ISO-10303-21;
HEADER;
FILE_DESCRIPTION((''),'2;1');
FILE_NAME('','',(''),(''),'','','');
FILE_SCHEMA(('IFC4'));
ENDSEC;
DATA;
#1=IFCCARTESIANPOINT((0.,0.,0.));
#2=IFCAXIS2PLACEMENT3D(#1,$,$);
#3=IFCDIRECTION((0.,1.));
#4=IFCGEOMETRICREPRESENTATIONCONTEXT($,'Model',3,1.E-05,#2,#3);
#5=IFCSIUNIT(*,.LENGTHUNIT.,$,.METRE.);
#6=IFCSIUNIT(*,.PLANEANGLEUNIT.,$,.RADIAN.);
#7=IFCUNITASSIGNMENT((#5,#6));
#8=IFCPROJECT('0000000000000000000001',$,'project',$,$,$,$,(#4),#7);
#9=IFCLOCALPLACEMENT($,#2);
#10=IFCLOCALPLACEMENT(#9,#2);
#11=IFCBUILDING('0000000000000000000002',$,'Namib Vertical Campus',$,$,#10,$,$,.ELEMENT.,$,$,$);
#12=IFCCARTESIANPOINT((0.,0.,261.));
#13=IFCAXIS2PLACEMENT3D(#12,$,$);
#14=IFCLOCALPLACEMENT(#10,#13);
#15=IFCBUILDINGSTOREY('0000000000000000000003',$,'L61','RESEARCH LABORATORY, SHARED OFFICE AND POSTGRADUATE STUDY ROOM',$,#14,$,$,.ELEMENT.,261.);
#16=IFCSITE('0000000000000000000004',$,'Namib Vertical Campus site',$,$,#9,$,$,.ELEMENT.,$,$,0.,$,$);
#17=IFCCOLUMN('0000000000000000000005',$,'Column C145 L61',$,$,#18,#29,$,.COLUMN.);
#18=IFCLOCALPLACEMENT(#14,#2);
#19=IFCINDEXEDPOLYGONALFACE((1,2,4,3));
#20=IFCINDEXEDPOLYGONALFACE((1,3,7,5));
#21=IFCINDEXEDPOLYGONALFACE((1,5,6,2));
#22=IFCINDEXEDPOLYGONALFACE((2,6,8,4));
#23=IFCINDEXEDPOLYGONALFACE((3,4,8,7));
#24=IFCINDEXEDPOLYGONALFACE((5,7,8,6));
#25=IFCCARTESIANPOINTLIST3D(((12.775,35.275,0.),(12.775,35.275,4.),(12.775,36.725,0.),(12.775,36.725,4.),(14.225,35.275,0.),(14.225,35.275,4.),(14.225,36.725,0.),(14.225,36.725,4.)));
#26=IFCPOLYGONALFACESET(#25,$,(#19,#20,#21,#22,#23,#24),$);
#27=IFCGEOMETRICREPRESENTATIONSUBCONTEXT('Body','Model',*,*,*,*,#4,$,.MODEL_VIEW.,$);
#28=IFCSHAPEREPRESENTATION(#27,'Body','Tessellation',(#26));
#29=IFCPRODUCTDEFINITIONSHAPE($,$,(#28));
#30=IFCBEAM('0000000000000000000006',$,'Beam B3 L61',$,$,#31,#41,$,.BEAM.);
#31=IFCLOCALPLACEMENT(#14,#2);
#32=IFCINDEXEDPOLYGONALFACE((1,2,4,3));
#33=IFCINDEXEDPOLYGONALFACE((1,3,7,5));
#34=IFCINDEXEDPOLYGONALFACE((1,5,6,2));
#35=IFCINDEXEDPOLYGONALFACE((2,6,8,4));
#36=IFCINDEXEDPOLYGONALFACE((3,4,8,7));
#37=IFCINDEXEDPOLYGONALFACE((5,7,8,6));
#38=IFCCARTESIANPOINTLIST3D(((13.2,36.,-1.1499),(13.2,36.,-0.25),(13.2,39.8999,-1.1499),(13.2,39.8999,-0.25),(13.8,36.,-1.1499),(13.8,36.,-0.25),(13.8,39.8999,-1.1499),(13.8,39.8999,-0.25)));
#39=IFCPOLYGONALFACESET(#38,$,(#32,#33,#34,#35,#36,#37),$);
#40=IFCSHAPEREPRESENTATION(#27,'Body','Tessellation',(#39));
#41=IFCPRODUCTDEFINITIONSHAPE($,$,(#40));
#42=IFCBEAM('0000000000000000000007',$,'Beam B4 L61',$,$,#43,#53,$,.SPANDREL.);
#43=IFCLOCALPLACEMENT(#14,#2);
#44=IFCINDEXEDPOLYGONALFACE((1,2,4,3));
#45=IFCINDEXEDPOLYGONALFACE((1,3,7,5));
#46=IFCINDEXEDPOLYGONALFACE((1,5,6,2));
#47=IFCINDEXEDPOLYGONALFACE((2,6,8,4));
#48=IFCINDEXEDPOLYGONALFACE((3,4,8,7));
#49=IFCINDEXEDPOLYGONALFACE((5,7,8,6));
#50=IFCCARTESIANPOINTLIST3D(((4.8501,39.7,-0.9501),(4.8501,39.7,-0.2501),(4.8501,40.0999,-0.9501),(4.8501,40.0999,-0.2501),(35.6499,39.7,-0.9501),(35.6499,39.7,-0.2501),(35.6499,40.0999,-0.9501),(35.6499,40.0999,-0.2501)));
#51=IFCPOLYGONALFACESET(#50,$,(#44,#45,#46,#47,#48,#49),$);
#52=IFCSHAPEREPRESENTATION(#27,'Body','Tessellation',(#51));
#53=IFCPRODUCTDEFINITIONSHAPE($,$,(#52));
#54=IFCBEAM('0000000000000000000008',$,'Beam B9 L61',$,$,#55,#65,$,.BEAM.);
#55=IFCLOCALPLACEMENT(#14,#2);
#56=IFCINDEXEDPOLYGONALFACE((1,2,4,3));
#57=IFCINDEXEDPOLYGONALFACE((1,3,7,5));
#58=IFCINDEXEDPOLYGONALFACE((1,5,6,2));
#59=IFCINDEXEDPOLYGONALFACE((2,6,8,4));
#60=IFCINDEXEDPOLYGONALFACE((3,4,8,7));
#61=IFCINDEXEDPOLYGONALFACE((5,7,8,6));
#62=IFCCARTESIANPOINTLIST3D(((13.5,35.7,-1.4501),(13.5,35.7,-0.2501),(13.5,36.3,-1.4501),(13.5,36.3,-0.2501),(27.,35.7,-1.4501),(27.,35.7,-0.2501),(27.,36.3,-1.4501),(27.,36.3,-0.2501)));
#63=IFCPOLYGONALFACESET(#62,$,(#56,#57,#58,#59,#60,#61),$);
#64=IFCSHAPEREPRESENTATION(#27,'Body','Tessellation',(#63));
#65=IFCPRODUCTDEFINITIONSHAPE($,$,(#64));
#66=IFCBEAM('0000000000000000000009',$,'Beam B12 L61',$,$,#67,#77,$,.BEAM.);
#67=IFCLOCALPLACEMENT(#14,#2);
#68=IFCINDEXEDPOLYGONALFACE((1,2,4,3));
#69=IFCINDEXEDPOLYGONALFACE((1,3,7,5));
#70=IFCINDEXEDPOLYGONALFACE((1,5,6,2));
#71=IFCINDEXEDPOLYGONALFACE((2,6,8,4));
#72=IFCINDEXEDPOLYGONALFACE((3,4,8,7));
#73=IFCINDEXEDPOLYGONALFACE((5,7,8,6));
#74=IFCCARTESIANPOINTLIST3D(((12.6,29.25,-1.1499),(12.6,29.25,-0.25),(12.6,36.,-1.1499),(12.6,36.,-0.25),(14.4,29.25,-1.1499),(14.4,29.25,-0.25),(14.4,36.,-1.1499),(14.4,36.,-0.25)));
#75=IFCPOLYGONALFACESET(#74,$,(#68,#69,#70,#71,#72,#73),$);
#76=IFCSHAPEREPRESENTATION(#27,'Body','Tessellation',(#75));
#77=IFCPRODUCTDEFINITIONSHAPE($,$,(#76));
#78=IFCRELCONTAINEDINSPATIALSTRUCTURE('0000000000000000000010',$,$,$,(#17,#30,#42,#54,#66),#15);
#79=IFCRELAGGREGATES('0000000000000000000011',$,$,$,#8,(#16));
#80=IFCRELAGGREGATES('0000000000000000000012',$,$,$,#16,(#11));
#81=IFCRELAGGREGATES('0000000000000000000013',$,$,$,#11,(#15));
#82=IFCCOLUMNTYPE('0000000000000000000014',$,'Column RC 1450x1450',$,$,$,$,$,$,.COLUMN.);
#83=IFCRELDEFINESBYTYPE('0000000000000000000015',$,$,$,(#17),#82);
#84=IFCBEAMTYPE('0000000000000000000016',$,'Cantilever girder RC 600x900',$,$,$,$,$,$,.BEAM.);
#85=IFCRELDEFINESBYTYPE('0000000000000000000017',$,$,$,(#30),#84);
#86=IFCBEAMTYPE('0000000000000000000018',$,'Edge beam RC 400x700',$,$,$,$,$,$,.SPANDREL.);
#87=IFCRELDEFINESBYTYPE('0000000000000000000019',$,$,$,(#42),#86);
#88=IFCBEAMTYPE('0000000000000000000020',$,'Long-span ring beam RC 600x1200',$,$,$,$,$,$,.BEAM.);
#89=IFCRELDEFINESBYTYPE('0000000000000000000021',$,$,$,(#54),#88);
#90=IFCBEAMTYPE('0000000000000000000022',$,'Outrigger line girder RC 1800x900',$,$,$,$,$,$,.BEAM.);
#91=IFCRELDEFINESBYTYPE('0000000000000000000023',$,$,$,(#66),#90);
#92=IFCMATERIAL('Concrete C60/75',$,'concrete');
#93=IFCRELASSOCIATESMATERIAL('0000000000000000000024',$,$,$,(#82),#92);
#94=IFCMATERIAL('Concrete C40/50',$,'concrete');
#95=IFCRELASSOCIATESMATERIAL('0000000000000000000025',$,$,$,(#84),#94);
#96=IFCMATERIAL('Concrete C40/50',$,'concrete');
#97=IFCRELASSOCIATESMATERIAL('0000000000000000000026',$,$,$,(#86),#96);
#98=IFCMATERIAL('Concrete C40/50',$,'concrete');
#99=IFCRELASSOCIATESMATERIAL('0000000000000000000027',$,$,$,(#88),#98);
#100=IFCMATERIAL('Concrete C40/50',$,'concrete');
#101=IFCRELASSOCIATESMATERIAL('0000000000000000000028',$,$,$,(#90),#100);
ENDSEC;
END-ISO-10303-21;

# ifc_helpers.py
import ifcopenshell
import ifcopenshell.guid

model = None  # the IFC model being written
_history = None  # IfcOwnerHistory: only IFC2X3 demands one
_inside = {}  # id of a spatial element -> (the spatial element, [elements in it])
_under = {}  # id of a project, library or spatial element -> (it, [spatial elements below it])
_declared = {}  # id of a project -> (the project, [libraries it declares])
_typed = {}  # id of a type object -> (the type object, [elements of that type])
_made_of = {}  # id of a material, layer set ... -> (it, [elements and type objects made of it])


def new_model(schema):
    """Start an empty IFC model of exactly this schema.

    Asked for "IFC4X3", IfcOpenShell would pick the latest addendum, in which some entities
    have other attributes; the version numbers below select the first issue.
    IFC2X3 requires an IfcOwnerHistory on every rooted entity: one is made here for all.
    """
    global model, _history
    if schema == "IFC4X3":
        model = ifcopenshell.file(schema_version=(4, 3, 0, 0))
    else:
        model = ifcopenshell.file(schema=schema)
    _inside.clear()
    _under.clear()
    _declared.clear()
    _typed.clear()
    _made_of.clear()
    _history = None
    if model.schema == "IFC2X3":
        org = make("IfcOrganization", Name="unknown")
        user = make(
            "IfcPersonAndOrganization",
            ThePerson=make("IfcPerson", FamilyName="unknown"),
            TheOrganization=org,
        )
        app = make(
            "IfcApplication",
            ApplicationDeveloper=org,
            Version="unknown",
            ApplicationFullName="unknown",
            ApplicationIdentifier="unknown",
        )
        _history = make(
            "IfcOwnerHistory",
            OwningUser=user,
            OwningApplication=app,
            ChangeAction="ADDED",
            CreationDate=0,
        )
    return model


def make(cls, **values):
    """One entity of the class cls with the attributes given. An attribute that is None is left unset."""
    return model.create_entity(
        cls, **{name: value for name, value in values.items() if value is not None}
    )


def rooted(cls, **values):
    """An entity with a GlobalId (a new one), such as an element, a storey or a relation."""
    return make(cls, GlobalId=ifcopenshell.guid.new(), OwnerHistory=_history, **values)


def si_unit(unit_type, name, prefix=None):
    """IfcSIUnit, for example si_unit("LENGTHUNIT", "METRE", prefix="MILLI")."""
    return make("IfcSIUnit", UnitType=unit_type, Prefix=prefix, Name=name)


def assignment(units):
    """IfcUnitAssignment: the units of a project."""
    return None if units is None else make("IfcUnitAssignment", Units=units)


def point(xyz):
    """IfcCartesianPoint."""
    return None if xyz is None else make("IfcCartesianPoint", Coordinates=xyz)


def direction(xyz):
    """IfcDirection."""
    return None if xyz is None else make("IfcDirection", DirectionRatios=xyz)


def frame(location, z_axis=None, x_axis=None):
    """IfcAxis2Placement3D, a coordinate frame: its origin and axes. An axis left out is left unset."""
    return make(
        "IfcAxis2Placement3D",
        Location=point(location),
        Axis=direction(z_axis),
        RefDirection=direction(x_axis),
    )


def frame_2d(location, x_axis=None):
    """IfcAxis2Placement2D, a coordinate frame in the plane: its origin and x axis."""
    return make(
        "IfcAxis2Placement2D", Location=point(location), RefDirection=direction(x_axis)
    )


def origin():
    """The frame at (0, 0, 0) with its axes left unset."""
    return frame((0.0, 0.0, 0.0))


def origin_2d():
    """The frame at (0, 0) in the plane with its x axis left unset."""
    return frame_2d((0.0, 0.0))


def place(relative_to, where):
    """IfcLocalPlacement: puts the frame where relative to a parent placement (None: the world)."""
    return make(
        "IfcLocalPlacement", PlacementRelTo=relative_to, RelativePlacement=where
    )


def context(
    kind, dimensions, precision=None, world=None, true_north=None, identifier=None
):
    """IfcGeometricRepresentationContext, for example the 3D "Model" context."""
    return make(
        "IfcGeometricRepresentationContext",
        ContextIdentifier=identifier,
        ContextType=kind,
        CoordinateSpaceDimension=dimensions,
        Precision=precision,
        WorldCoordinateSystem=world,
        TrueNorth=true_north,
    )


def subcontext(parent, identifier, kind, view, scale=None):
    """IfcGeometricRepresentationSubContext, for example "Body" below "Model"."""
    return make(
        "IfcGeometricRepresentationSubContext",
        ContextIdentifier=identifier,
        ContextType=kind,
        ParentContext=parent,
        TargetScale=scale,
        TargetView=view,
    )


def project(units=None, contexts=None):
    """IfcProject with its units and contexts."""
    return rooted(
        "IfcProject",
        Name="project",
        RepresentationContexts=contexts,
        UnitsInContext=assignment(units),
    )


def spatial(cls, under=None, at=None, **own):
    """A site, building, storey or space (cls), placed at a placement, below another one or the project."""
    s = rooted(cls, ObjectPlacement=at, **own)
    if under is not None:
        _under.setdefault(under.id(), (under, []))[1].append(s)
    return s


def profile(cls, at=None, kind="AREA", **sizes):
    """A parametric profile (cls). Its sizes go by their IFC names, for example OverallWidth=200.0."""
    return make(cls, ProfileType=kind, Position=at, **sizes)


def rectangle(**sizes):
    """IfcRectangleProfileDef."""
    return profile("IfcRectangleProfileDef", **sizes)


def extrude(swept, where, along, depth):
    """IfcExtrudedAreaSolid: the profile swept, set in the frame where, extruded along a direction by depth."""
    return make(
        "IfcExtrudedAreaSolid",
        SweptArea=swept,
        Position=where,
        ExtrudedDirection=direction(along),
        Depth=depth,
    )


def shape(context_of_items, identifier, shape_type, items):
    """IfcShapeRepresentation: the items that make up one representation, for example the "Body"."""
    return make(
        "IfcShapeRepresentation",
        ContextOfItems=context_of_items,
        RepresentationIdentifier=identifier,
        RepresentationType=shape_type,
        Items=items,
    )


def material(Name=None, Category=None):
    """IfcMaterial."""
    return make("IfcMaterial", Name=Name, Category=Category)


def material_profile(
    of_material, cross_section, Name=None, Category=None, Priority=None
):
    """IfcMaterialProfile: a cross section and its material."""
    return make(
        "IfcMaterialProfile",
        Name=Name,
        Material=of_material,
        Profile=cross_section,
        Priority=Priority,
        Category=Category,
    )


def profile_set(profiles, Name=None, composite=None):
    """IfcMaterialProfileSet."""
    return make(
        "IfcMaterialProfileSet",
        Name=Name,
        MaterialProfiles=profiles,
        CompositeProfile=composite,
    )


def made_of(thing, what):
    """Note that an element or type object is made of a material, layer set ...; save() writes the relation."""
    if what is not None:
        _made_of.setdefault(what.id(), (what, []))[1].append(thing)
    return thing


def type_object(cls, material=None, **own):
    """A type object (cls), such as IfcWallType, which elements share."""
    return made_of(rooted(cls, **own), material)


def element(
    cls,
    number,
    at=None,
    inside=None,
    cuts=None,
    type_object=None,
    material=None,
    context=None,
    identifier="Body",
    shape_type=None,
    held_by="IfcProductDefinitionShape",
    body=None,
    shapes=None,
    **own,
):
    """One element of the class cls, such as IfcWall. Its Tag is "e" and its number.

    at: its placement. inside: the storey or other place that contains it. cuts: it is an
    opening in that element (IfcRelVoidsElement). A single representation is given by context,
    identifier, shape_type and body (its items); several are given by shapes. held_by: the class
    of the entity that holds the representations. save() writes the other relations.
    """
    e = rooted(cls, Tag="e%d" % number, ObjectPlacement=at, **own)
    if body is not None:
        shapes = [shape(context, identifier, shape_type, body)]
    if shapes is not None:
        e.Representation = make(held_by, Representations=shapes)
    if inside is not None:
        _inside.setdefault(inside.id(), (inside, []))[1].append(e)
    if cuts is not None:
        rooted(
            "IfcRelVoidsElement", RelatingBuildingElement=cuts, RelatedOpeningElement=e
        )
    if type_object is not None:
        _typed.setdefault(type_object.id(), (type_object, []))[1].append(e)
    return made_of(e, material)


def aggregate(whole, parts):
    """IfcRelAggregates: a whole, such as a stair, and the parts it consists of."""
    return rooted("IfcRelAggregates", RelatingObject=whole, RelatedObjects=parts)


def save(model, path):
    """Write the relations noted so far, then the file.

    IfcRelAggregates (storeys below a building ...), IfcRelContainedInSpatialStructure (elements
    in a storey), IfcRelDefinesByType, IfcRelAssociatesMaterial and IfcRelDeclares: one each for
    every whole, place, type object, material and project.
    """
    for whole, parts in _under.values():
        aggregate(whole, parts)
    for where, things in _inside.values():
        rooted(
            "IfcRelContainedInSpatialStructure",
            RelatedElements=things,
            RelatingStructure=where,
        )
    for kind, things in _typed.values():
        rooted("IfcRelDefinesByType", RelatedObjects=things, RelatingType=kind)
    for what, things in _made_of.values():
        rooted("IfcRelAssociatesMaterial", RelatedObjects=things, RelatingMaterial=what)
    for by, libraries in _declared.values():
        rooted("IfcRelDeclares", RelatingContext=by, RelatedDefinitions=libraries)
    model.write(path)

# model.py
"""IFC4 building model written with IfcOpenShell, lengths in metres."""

from ifc_helpers import new_model, si_unit, direction, frame, origin, origin_2d, place, context, subcontext, project, spatial, rectangle, extrude, material, material_profile, profile_set, type_object, element, save


model = new_model("IFC4")

# Units and contexts
model_context = context("Model", 3, precision=1e-05, world=origin(), true_north=direction((0.0, 1.0)))
body_context = subcontext(model_context, "Body", "Model", "MODEL_VIEW")
ifc_project = project(units=[si_unit("LENGTHUNIT", "METRE"), si_unit("PLANEANGLEUNIT", "RADIAN")], contexts=[model_context])

# Site, building, storey
site_placement = place(None, origin())
site = spatial("IfcSite", under=ifc_project, at=site_placement, Name="Namib Vertical Campus site", CompositionType="ELEMENT", RefElevation=0.0)
building_placement = place(site_placement, origin())
building = spatial("IfcBuilding", under=site, at=building_placement, Name="Namib Vertical Campus", CompositionType="ELEMENT")
storey_placement = place(building_placement, frame((0.0, 0.0, 261.0)))
storey = spatial("IfcBuildingStorey", under=building, at=storey_placement, Name="L61", Description="RESEARCH LABORATORY, SHARED OFFICE AND POSTGRADUATE STUDY ROOM", CompositionType="ELEMENT", Elevation=261.0)

# Column
ifc_material_1 = material(Name="Concrete C60/75", Category="concrete")
ifc_material_profile_1 = material_profile(ifc_material_1, rectangle(XDim=1.45, YDim=1.45, at=origin_2d()))
ifc_profile_set_1 = profile_set([ifc_material_profile_1], Name="Concrete C60/75")
column_type = type_object("IfcColumnType", Name="Column RC 1450x1450", PredefinedType="COLUMN", material=ifc_profile_set_1)
column_placement = place(storey_placement, frame((13.5, 36.0, 0.0), z_axis=(0.0, 0.0, 1.0), x_axis=(1.0, 0.0, 0.0)))
element("IfcColumn", 1, at=column_placement, inside=storey, type_object=column_type, Name="Column C145 L61", PredefinedType="COLUMN", context=body_context, shape_type="SweptSolid", body=[
    extrude(rectangle(XDim=1.45, YDim=1.45, at=origin_2d()), origin(), (0.0, 0.0, 1.0), 4.0),
])

# Beams
ifc_material_2 = material(Name="Concrete C40/50", Category="concrete")
ifc_material_profile_2 = material_profile(ifc_material_2, rectangle(XDim=0.6001, YDim=0.8999, at=origin_2d()))
ifc_profile_set_2 = profile_set([ifc_material_profile_2], Name="Concrete C40/50")
beam_type_1 = type_object("IfcBeamType", Name="Cantilever girder RC 600x900", PredefinedType="BEAM", material=ifc_profile_set_2)
beam_1_placement = place(storey_placement, frame((13.5, 36.0, -0.7), z_axis=(0.0, 1.0, 0.0), x_axis=(-1.0, 0.0, 0.0)))
element("IfcBeam", 2, at=beam_1_placement, inside=storey, type_object=beam_type_1, Name="Beam B3 L61", PredefinedType="BEAM", context=body_context, shape_type="SweptSolid", body=[
    extrude(rectangle(XDim=0.6001, YDim=0.8999, at=origin_2d()), origin(), (0.0, 0.0, 1.0), 3.8999),
])
ifc_material_3 = material(Name="Concrete C40/50", Category="concrete")
ifc_material_profile_3 = material_profile(ifc_material_3, rectangle(XDim=0.3999, YDim=0.7, at=origin_2d()))
ifc_profile_set_3 = profile_set([ifc_material_profile_3], Name="Concrete C40/50")
beam_type_2 = type_object("IfcBeamType", Name="Edge beam RC 400x700", PredefinedType="SPANDREL", material=ifc_profile_set_3)
beam_2_placement = place(storey_placement, frame((4.8501, 39.8999, -0.6001), z_axis=(1.0, 0.0, 0.0), x_axis=(0.0, 1.0, 0.0)))
element("IfcBeam", 3, at=beam_2_placement, inside=storey, type_object=beam_type_2, Name="Beam B4 L61", PredefinedType="SPANDREL", context=body_context, shape_type="SweptSolid", body=[
    extrude(rectangle(XDim=0.3999, YDim=0.7, at=origin_2d()), origin(), (0.0, 0.0, 1.0), 30.7998),
])
ifc_material_4 = material(Name="Concrete C40/50", Category="concrete")
ifc_material_profile_4 = material_profile(ifc_material_4, rectangle(XDim=0.6001, YDim=1.2, at=origin_2d()))
ifc_profile_set_4 = profile_set([ifc_material_profile_4], Name="Concrete C40/50")
beam_type_3 = type_object("IfcBeamType", Name="Long-span ring beam RC 600x1200", PredefinedType="BEAM", material=ifc_profile_set_4)
beam_3_placement = place(storey_placement, frame((13.5, 36.0, -0.8501), z_axis=(1.0, 0.0, 0.0), x_axis=(0.0, 1.0, 0.0)))
element("IfcBeam", 4, at=beam_3_placement, inside=storey, type_object=beam_type_3, Name="Beam B9 L61", PredefinedType="BEAM", context=body_context, shape_type="SweptSolid", body=[
    extrude(rectangle(XDim=0.6001, YDim=1.2, at=origin_2d()), origin(), (0.0, 0.0, 1.0), 13.5),
])
ifc_material_5 = material(Name="Concrete C40/50", Category="concrete")
ifc_material_profile_5 = material_profile(ifc_material_5, rectangle(XDim=1.8, YDim=0.8999, at=origin_2d()))
ifc_profile_set_5 = profile_set([ifc_material_profile_5], Name="Concrete C40/50")
beam_type_4 = type_object("IfcBeamType", Name="Outrigger line girder RC 1800x900", PredefinedType="BEAM", material=ifc_profile_set_5)
beam_4_placement = place(storey_placement, frame((13.5, 36.0, -0.7), z_axis=(0.0, -1.0, 0.0), x_axis=(1.0, 0.0, 0.0)))
element("IfcBeam", 5, at=beam_4_placement, inside=storey, type_object=beam_type_4, Name="Beam B12 L61", PredefinedType="BEAM", context=body_context, shape_type="SweptSolid", body=[
    extrude(rectangle(XDim=1.8, YDim=0.8999, at=origin_2d()), origin(), (0.0, 0.0, 1.0), 6.75),
])

save(model, "model.ifc")
